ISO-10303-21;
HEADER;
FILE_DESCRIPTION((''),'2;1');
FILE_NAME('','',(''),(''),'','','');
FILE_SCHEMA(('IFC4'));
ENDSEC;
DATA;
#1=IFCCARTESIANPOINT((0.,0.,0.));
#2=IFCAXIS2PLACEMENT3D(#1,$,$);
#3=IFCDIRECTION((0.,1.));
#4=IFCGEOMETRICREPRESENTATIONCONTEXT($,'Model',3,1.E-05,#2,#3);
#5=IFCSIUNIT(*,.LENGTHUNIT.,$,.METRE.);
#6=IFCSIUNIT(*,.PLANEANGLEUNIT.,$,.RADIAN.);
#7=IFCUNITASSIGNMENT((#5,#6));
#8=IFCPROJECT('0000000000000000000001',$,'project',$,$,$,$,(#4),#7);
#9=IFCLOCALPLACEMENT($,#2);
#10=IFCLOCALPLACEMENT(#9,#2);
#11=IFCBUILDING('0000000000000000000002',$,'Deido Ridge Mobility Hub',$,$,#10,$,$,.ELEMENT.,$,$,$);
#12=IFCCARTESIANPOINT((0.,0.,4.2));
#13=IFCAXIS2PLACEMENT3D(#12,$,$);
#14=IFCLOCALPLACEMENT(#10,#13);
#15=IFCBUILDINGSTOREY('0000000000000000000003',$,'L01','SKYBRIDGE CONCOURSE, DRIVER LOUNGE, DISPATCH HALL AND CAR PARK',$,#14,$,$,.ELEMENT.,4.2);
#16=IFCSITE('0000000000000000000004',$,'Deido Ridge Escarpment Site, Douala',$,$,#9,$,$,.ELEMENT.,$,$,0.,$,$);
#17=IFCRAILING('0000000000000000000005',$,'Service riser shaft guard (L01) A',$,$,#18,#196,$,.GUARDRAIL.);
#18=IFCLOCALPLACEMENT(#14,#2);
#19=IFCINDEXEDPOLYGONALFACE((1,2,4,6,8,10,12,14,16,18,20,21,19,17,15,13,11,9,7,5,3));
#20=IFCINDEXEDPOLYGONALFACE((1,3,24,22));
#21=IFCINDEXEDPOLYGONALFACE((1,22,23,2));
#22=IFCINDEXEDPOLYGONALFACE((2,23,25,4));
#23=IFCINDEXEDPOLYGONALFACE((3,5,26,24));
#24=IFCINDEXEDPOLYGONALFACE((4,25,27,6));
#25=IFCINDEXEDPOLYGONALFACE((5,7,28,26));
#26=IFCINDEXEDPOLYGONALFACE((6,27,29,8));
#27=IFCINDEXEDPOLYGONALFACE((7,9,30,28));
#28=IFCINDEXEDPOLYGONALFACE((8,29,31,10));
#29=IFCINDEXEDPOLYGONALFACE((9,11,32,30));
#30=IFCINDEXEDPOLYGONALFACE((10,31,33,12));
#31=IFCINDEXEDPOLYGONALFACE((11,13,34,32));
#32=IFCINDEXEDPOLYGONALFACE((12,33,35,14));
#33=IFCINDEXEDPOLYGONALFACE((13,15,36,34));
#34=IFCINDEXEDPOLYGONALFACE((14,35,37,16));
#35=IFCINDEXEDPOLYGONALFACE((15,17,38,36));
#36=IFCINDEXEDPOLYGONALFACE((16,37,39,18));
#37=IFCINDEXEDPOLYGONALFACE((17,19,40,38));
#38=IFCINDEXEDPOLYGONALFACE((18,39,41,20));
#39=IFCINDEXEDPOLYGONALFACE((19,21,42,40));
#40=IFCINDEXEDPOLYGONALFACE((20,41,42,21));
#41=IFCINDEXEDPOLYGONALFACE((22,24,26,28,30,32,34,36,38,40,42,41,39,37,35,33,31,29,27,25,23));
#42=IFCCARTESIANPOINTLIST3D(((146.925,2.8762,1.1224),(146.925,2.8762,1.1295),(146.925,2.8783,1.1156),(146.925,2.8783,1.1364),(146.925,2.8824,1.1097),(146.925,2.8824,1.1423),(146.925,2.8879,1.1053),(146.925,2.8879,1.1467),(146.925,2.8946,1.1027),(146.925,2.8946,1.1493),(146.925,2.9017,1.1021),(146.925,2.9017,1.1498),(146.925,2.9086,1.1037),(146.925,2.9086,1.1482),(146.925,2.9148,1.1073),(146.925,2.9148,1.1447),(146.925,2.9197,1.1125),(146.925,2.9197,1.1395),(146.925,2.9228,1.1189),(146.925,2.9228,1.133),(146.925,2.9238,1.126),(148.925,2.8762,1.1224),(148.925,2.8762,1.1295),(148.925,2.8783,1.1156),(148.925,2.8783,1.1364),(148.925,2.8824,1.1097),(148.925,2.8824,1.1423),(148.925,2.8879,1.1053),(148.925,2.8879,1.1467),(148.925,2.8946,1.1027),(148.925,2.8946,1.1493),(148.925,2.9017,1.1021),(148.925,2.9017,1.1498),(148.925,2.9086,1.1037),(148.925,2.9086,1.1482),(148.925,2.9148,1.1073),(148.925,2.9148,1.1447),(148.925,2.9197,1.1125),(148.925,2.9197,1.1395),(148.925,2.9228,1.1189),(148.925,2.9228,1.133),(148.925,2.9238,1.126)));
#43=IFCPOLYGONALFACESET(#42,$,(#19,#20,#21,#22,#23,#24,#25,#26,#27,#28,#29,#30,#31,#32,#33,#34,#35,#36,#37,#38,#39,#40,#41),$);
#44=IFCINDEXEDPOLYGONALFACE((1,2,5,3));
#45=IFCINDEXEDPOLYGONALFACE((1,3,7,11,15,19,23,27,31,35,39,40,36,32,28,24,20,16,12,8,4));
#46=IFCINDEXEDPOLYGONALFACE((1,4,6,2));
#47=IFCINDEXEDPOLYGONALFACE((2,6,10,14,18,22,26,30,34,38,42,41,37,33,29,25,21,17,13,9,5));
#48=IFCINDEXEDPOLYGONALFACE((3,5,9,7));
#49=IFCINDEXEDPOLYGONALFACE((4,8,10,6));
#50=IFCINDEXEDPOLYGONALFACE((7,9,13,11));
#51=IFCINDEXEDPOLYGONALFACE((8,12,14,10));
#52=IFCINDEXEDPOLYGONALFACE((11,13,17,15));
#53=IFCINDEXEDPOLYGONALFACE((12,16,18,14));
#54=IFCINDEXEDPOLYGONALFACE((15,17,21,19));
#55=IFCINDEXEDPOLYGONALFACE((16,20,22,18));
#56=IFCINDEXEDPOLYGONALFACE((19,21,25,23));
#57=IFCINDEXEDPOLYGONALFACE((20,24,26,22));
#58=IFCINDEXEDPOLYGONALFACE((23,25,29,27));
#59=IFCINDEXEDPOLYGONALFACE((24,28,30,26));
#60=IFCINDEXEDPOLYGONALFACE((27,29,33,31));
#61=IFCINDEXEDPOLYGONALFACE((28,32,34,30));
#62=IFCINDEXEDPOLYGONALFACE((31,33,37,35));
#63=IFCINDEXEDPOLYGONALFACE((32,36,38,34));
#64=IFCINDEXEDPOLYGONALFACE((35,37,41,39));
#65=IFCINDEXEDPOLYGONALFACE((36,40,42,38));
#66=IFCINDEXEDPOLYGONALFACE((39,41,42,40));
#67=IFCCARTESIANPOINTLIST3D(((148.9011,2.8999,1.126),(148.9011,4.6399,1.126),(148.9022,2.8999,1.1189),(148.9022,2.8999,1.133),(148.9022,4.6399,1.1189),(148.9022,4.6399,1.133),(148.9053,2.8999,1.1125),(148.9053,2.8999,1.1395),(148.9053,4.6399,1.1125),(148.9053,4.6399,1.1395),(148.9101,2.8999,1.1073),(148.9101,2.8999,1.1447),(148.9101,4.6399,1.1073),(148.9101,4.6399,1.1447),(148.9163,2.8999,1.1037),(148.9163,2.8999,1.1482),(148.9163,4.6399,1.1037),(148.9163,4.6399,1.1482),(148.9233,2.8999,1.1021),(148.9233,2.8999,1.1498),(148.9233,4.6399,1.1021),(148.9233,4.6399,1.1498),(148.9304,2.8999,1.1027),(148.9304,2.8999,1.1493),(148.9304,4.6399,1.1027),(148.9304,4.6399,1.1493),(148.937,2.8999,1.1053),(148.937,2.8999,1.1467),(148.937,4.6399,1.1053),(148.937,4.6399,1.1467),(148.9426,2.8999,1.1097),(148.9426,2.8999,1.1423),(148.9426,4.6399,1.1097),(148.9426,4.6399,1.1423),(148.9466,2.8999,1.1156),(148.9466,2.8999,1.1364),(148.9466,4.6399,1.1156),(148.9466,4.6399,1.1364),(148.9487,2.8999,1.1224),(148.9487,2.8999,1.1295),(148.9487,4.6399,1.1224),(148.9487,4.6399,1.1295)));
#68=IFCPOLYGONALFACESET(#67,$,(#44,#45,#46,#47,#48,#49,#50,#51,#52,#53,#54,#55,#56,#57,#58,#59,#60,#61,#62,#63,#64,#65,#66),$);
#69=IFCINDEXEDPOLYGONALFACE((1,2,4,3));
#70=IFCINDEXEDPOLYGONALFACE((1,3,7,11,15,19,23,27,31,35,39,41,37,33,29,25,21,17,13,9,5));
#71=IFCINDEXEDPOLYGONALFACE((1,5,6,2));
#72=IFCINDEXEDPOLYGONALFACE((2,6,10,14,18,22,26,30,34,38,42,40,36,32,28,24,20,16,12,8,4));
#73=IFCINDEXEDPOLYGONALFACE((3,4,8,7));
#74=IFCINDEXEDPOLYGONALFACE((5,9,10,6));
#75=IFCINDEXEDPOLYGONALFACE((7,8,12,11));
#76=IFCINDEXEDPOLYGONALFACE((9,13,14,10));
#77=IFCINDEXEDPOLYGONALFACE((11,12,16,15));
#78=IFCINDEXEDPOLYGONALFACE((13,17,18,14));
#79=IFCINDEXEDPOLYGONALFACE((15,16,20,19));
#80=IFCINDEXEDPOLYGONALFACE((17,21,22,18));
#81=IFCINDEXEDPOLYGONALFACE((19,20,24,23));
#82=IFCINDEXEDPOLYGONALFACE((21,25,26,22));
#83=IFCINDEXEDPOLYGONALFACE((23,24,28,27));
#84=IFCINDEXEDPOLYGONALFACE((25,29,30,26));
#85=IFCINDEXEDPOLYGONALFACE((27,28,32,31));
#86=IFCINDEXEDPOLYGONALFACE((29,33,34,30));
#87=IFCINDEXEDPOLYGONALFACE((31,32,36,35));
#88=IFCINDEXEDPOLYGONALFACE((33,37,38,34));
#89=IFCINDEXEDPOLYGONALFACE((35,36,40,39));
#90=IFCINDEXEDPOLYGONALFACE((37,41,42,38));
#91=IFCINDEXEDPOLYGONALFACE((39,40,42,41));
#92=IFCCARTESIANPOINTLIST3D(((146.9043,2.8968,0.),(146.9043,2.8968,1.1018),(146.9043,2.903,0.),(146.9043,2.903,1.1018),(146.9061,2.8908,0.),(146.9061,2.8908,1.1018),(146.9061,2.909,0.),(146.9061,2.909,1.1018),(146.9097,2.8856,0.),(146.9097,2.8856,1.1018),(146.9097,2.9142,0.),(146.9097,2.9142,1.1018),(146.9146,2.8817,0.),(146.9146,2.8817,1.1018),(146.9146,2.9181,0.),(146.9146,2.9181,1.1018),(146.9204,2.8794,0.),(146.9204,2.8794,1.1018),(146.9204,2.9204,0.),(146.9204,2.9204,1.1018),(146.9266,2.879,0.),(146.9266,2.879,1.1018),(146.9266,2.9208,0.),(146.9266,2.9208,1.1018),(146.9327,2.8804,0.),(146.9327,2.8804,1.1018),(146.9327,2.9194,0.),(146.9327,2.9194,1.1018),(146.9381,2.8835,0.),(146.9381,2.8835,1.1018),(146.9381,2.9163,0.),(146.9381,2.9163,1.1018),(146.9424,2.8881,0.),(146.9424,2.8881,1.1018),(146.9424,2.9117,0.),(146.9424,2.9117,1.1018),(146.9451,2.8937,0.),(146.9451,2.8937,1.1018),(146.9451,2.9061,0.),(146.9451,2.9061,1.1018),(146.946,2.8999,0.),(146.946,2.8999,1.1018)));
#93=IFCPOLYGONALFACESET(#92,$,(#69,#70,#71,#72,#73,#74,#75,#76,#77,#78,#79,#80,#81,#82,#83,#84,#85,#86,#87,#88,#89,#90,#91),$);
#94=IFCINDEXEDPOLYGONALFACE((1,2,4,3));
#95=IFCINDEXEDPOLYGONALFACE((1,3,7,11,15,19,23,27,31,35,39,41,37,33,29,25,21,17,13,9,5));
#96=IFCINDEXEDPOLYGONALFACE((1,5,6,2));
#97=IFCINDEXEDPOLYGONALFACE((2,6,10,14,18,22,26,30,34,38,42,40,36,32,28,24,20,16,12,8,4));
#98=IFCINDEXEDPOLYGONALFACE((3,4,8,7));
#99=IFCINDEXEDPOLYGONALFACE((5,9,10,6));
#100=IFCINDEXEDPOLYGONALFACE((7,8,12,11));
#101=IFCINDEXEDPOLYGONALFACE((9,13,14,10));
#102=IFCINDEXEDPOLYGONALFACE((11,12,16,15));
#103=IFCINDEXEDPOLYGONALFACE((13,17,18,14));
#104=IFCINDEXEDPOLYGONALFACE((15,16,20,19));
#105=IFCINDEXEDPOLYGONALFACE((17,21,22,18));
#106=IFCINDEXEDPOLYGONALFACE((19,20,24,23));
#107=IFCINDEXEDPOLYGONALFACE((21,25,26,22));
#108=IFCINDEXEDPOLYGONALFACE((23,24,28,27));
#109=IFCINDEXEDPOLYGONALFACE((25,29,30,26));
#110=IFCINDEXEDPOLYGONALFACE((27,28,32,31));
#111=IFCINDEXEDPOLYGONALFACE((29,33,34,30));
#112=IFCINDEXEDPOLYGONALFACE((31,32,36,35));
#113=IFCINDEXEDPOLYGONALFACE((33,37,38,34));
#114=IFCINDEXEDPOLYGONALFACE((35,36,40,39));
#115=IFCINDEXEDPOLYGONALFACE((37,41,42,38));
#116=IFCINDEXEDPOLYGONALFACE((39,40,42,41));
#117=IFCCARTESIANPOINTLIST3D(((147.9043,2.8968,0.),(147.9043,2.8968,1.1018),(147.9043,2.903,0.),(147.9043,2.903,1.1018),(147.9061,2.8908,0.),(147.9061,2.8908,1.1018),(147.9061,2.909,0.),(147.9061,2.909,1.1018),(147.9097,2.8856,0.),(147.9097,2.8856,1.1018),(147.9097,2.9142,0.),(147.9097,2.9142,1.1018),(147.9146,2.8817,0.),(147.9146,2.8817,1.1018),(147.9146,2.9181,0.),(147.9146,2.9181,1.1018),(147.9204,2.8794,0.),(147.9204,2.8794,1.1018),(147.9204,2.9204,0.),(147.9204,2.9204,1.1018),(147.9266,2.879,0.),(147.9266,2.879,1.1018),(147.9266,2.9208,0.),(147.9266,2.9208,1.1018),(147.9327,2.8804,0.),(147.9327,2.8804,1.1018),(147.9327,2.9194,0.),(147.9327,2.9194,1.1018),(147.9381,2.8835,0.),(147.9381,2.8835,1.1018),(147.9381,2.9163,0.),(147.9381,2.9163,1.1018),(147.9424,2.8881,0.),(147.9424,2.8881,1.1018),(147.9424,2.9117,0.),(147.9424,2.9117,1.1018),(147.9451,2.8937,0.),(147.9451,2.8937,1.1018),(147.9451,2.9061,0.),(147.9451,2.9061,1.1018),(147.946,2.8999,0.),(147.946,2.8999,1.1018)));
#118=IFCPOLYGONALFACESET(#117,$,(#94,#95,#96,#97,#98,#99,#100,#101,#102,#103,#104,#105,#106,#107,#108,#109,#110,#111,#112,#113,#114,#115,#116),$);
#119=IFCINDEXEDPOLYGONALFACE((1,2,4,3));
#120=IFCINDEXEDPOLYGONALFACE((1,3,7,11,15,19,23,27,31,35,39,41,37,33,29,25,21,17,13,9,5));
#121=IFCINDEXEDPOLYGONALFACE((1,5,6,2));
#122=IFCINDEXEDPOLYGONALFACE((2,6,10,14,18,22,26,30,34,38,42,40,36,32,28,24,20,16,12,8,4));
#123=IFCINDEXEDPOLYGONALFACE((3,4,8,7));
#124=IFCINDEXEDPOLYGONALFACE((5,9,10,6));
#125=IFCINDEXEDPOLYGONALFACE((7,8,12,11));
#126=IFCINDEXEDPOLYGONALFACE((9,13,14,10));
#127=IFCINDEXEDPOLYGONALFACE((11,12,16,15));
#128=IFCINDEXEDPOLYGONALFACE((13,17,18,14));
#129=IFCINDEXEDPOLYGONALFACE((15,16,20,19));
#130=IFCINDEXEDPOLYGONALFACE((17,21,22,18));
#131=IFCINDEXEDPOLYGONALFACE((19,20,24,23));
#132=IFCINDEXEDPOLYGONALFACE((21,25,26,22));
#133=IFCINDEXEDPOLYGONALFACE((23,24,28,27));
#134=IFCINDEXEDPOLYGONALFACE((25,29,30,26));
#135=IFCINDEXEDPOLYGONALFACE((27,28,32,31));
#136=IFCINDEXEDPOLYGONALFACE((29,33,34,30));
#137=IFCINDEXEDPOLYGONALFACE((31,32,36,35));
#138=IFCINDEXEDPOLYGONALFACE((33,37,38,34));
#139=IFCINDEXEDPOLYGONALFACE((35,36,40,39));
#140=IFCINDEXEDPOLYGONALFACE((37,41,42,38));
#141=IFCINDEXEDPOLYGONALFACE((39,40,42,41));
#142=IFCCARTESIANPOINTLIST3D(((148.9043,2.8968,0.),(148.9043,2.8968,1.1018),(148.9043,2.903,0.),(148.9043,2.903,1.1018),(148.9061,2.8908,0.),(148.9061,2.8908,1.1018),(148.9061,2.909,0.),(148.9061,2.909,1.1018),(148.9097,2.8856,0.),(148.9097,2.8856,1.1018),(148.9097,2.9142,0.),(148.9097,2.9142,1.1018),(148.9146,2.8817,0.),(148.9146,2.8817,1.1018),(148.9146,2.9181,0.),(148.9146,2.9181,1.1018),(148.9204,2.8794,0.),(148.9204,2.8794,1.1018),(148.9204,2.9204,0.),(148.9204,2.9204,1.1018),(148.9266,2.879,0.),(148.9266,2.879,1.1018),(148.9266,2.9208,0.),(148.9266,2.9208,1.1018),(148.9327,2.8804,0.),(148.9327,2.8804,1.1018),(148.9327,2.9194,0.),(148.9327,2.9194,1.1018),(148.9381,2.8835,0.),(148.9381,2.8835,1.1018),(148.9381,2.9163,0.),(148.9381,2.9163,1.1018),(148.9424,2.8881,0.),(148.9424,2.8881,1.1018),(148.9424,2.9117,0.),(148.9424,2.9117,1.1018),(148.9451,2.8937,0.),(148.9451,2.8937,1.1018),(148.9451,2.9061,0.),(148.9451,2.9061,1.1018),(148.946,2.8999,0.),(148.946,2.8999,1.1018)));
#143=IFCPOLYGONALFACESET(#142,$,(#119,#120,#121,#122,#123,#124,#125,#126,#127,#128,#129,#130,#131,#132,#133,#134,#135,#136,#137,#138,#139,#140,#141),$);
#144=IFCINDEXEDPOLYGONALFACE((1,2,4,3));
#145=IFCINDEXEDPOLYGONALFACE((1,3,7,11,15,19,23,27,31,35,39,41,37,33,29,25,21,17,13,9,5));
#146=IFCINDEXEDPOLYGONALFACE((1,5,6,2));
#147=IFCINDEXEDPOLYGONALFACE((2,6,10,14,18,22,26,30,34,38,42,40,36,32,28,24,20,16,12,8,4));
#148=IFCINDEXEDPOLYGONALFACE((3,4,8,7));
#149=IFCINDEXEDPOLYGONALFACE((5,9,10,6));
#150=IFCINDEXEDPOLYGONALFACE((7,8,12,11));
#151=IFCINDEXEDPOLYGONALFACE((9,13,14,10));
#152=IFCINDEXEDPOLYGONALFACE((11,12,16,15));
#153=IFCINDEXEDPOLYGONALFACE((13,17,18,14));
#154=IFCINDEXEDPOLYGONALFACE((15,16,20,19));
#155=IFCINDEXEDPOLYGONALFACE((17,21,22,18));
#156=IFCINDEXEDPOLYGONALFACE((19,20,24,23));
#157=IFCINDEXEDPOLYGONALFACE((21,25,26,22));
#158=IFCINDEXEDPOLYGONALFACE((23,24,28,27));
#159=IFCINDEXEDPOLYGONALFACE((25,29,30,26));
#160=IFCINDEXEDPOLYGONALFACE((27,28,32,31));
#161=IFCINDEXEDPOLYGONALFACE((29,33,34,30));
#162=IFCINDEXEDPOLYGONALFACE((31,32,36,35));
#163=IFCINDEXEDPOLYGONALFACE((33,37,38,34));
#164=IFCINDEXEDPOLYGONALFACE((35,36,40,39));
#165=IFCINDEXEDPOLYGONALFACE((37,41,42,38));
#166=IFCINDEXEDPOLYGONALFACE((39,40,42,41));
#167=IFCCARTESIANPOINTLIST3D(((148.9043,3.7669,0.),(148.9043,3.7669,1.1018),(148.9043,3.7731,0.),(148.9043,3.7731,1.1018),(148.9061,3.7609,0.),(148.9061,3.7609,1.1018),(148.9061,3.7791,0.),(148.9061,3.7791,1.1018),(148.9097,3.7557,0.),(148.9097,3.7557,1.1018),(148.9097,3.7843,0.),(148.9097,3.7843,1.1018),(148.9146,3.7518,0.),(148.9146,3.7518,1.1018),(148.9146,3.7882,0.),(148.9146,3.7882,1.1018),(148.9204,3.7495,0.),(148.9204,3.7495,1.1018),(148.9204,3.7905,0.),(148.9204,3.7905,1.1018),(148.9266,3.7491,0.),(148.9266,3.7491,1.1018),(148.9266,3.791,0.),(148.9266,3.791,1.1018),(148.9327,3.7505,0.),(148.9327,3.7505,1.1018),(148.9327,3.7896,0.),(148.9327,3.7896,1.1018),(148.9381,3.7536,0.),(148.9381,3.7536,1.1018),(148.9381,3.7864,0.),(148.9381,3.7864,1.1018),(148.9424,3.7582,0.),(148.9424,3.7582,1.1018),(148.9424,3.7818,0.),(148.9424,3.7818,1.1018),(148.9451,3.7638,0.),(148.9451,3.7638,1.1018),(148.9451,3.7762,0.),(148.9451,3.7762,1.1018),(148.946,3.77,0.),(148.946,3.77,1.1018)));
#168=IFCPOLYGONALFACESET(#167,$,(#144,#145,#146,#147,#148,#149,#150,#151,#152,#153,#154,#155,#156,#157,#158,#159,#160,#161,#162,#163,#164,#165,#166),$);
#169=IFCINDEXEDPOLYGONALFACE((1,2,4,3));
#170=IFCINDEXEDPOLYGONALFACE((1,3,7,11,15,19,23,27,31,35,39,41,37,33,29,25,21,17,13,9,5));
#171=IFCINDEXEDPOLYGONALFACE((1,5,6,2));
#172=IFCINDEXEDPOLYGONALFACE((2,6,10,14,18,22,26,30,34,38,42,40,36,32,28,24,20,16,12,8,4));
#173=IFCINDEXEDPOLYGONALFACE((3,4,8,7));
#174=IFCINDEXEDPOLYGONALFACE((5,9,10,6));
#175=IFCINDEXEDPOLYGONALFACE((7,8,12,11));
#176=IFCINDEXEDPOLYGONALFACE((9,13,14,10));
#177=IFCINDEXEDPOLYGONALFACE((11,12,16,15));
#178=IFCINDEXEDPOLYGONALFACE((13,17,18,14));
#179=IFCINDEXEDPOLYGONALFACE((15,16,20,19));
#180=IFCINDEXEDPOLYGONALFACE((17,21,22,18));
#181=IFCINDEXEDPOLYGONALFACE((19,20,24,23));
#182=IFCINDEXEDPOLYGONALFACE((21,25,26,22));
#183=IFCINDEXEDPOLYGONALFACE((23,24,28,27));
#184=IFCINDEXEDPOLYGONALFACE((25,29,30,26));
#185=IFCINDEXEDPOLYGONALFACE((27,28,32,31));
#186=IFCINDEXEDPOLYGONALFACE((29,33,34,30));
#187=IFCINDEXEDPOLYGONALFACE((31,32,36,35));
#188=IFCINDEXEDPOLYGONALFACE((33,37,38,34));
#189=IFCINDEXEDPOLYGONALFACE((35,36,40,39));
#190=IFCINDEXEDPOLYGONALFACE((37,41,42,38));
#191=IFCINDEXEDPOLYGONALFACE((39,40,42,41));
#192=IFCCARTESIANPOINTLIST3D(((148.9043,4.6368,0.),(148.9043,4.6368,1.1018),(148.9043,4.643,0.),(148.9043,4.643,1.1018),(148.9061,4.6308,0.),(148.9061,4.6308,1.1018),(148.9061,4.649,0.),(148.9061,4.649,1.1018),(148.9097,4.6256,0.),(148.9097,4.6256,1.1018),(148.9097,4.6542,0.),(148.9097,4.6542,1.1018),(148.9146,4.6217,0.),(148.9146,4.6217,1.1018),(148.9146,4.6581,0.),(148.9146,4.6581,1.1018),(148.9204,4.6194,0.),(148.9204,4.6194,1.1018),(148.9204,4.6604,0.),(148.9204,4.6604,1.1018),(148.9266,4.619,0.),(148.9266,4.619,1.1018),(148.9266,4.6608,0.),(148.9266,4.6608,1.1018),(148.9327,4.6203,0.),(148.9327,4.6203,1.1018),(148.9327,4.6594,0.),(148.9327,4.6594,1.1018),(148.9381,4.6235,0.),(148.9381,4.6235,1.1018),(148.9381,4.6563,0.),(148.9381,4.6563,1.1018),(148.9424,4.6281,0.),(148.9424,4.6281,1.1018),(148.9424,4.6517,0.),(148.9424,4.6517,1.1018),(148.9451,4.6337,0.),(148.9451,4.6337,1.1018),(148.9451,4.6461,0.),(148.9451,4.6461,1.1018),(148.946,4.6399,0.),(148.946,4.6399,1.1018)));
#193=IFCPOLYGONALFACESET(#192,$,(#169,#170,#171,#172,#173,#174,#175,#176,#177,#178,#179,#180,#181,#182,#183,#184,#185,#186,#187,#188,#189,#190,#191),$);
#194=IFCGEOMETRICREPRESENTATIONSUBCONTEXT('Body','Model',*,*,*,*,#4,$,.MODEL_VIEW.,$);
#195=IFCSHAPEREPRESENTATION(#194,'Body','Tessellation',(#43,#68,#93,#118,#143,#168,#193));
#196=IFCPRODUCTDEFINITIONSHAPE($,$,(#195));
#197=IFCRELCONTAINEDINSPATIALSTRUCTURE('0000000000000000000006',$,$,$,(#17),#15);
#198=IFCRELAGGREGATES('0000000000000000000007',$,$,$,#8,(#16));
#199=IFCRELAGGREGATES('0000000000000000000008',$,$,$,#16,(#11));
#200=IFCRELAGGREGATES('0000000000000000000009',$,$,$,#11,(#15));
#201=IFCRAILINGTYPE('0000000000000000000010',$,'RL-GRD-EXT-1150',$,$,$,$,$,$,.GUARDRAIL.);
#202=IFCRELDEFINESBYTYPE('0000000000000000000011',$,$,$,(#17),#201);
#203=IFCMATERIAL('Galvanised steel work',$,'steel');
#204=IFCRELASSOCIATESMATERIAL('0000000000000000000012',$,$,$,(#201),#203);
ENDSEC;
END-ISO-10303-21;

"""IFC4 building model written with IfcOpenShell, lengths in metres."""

from ifc_helpers import new_model, si_unit, direction, frame, origin, origin_2d, place, context, subcontext, project, spatial, circle, extrude, material, type_object, element, save


model = new_model("IFC4")

# Units and contexts
model_context = context("Model", 3, precision=1e-05, world=origin(), true_north=direction((0.0, 1.0)))
body_context = subcontext(model_context, "Body", "Model", "MODEL_VIEW")
ifc_project = project(units=[si_unit("LENGTHUNIT", "METRE"), si_unit("PLANEANGLEUNIT", "RADIAN")], contexts=[model_context])

# Site, building, storey
site_placement = place(None, origin())
site = spatial("IfcSite", under=ifc_project, at=site_placement, Name="Deido Ridge Escarpment Site, Douala", CompositionType="ELEMENT", RefElevation=0.0)
building_placement = place(site_placement, origin())
building = spatial("IfcBuilding", under=site, at=building_placement, Name="Deido Ridge Mobility Hub", CompositionType="ELEMENT")
storey_placement = place(building_placement, frame((0.0, 0.0, 4.2)))
storey = spatial("IfcBuildingStorey", under=building, at=storey_placement, Name="L01", Description="SKYBRIDGE CONCOURSE, DRIVER LOUNGE, DISPATCH HALL AND CAR PARK", CompositionType="ELEMENT", Elevation=4.2)

# Railing
ifc_material_1 = material(Name="Galvanised steel work", Category="steel")
railing_type = type_object("IfcRailingType", Name="RL-GRD-EXT-1150", PredefinedType="GUARDRAIL", material=ifc_material_1)
railing_1_placement = place(storey_placement, frame((146.925, 2.8999, 0.0)))
element("IfcRailing", 1, at=railing_1_placement, inside=storey, type_object=railing_type, Name="Service riser shaft guard (L01) A", PredefinedType="GUARDRAIL", context=body_context, shape_type="SweptSolid", body=[
    extrude(circle(Radius=0.0239, at=origin_2d()), frame((0.0, 0.0, 1.126), z_axis=(1.0, 0.0, 0.0), x_axis=(0.0, 1.0, 0.0)), (0.0, 0.0, 1.0), 2.0),
    extrude(circle(Radius=0.0239, at=origin_2d()), frame((2.0, 0.0, 1.126), z_axis=(0.0, 1.0, 0.0), x_axis=(-1.0, 0.0, 0.0)), (0.0, 0.0, 1.0), 1.74),
    extrude(circle(Radius=0.021, at=origin_2d()), origin(), (0.0, 0.0, 1.0), 1.1018),
    extrude(circle(Radius=0.021, at=origin_2d()), frame((1.0, 0.0, 0.0)), (0.0, 0.0, 1.0), 1.1018),
    extrude(circle(Radius=0.021, at=origin_2d()), frame((2.0, 0.0, 0.0)), (0.0, 0.0, 1.0), 1.1018),
    extrude(circle(Radius=0.021, at=origin_2d()), frame((2.0, 0.8701, 0.0)), (0.0, 0.0, 1.0), 1.1018),
    extrude(circle(Radius=0.021, at=origin_2d()), frame((2.0, 1.74, 0.0)), (0.0, 0.0, 1.0), 1.1018),
])

save(model, "model.ifc")
